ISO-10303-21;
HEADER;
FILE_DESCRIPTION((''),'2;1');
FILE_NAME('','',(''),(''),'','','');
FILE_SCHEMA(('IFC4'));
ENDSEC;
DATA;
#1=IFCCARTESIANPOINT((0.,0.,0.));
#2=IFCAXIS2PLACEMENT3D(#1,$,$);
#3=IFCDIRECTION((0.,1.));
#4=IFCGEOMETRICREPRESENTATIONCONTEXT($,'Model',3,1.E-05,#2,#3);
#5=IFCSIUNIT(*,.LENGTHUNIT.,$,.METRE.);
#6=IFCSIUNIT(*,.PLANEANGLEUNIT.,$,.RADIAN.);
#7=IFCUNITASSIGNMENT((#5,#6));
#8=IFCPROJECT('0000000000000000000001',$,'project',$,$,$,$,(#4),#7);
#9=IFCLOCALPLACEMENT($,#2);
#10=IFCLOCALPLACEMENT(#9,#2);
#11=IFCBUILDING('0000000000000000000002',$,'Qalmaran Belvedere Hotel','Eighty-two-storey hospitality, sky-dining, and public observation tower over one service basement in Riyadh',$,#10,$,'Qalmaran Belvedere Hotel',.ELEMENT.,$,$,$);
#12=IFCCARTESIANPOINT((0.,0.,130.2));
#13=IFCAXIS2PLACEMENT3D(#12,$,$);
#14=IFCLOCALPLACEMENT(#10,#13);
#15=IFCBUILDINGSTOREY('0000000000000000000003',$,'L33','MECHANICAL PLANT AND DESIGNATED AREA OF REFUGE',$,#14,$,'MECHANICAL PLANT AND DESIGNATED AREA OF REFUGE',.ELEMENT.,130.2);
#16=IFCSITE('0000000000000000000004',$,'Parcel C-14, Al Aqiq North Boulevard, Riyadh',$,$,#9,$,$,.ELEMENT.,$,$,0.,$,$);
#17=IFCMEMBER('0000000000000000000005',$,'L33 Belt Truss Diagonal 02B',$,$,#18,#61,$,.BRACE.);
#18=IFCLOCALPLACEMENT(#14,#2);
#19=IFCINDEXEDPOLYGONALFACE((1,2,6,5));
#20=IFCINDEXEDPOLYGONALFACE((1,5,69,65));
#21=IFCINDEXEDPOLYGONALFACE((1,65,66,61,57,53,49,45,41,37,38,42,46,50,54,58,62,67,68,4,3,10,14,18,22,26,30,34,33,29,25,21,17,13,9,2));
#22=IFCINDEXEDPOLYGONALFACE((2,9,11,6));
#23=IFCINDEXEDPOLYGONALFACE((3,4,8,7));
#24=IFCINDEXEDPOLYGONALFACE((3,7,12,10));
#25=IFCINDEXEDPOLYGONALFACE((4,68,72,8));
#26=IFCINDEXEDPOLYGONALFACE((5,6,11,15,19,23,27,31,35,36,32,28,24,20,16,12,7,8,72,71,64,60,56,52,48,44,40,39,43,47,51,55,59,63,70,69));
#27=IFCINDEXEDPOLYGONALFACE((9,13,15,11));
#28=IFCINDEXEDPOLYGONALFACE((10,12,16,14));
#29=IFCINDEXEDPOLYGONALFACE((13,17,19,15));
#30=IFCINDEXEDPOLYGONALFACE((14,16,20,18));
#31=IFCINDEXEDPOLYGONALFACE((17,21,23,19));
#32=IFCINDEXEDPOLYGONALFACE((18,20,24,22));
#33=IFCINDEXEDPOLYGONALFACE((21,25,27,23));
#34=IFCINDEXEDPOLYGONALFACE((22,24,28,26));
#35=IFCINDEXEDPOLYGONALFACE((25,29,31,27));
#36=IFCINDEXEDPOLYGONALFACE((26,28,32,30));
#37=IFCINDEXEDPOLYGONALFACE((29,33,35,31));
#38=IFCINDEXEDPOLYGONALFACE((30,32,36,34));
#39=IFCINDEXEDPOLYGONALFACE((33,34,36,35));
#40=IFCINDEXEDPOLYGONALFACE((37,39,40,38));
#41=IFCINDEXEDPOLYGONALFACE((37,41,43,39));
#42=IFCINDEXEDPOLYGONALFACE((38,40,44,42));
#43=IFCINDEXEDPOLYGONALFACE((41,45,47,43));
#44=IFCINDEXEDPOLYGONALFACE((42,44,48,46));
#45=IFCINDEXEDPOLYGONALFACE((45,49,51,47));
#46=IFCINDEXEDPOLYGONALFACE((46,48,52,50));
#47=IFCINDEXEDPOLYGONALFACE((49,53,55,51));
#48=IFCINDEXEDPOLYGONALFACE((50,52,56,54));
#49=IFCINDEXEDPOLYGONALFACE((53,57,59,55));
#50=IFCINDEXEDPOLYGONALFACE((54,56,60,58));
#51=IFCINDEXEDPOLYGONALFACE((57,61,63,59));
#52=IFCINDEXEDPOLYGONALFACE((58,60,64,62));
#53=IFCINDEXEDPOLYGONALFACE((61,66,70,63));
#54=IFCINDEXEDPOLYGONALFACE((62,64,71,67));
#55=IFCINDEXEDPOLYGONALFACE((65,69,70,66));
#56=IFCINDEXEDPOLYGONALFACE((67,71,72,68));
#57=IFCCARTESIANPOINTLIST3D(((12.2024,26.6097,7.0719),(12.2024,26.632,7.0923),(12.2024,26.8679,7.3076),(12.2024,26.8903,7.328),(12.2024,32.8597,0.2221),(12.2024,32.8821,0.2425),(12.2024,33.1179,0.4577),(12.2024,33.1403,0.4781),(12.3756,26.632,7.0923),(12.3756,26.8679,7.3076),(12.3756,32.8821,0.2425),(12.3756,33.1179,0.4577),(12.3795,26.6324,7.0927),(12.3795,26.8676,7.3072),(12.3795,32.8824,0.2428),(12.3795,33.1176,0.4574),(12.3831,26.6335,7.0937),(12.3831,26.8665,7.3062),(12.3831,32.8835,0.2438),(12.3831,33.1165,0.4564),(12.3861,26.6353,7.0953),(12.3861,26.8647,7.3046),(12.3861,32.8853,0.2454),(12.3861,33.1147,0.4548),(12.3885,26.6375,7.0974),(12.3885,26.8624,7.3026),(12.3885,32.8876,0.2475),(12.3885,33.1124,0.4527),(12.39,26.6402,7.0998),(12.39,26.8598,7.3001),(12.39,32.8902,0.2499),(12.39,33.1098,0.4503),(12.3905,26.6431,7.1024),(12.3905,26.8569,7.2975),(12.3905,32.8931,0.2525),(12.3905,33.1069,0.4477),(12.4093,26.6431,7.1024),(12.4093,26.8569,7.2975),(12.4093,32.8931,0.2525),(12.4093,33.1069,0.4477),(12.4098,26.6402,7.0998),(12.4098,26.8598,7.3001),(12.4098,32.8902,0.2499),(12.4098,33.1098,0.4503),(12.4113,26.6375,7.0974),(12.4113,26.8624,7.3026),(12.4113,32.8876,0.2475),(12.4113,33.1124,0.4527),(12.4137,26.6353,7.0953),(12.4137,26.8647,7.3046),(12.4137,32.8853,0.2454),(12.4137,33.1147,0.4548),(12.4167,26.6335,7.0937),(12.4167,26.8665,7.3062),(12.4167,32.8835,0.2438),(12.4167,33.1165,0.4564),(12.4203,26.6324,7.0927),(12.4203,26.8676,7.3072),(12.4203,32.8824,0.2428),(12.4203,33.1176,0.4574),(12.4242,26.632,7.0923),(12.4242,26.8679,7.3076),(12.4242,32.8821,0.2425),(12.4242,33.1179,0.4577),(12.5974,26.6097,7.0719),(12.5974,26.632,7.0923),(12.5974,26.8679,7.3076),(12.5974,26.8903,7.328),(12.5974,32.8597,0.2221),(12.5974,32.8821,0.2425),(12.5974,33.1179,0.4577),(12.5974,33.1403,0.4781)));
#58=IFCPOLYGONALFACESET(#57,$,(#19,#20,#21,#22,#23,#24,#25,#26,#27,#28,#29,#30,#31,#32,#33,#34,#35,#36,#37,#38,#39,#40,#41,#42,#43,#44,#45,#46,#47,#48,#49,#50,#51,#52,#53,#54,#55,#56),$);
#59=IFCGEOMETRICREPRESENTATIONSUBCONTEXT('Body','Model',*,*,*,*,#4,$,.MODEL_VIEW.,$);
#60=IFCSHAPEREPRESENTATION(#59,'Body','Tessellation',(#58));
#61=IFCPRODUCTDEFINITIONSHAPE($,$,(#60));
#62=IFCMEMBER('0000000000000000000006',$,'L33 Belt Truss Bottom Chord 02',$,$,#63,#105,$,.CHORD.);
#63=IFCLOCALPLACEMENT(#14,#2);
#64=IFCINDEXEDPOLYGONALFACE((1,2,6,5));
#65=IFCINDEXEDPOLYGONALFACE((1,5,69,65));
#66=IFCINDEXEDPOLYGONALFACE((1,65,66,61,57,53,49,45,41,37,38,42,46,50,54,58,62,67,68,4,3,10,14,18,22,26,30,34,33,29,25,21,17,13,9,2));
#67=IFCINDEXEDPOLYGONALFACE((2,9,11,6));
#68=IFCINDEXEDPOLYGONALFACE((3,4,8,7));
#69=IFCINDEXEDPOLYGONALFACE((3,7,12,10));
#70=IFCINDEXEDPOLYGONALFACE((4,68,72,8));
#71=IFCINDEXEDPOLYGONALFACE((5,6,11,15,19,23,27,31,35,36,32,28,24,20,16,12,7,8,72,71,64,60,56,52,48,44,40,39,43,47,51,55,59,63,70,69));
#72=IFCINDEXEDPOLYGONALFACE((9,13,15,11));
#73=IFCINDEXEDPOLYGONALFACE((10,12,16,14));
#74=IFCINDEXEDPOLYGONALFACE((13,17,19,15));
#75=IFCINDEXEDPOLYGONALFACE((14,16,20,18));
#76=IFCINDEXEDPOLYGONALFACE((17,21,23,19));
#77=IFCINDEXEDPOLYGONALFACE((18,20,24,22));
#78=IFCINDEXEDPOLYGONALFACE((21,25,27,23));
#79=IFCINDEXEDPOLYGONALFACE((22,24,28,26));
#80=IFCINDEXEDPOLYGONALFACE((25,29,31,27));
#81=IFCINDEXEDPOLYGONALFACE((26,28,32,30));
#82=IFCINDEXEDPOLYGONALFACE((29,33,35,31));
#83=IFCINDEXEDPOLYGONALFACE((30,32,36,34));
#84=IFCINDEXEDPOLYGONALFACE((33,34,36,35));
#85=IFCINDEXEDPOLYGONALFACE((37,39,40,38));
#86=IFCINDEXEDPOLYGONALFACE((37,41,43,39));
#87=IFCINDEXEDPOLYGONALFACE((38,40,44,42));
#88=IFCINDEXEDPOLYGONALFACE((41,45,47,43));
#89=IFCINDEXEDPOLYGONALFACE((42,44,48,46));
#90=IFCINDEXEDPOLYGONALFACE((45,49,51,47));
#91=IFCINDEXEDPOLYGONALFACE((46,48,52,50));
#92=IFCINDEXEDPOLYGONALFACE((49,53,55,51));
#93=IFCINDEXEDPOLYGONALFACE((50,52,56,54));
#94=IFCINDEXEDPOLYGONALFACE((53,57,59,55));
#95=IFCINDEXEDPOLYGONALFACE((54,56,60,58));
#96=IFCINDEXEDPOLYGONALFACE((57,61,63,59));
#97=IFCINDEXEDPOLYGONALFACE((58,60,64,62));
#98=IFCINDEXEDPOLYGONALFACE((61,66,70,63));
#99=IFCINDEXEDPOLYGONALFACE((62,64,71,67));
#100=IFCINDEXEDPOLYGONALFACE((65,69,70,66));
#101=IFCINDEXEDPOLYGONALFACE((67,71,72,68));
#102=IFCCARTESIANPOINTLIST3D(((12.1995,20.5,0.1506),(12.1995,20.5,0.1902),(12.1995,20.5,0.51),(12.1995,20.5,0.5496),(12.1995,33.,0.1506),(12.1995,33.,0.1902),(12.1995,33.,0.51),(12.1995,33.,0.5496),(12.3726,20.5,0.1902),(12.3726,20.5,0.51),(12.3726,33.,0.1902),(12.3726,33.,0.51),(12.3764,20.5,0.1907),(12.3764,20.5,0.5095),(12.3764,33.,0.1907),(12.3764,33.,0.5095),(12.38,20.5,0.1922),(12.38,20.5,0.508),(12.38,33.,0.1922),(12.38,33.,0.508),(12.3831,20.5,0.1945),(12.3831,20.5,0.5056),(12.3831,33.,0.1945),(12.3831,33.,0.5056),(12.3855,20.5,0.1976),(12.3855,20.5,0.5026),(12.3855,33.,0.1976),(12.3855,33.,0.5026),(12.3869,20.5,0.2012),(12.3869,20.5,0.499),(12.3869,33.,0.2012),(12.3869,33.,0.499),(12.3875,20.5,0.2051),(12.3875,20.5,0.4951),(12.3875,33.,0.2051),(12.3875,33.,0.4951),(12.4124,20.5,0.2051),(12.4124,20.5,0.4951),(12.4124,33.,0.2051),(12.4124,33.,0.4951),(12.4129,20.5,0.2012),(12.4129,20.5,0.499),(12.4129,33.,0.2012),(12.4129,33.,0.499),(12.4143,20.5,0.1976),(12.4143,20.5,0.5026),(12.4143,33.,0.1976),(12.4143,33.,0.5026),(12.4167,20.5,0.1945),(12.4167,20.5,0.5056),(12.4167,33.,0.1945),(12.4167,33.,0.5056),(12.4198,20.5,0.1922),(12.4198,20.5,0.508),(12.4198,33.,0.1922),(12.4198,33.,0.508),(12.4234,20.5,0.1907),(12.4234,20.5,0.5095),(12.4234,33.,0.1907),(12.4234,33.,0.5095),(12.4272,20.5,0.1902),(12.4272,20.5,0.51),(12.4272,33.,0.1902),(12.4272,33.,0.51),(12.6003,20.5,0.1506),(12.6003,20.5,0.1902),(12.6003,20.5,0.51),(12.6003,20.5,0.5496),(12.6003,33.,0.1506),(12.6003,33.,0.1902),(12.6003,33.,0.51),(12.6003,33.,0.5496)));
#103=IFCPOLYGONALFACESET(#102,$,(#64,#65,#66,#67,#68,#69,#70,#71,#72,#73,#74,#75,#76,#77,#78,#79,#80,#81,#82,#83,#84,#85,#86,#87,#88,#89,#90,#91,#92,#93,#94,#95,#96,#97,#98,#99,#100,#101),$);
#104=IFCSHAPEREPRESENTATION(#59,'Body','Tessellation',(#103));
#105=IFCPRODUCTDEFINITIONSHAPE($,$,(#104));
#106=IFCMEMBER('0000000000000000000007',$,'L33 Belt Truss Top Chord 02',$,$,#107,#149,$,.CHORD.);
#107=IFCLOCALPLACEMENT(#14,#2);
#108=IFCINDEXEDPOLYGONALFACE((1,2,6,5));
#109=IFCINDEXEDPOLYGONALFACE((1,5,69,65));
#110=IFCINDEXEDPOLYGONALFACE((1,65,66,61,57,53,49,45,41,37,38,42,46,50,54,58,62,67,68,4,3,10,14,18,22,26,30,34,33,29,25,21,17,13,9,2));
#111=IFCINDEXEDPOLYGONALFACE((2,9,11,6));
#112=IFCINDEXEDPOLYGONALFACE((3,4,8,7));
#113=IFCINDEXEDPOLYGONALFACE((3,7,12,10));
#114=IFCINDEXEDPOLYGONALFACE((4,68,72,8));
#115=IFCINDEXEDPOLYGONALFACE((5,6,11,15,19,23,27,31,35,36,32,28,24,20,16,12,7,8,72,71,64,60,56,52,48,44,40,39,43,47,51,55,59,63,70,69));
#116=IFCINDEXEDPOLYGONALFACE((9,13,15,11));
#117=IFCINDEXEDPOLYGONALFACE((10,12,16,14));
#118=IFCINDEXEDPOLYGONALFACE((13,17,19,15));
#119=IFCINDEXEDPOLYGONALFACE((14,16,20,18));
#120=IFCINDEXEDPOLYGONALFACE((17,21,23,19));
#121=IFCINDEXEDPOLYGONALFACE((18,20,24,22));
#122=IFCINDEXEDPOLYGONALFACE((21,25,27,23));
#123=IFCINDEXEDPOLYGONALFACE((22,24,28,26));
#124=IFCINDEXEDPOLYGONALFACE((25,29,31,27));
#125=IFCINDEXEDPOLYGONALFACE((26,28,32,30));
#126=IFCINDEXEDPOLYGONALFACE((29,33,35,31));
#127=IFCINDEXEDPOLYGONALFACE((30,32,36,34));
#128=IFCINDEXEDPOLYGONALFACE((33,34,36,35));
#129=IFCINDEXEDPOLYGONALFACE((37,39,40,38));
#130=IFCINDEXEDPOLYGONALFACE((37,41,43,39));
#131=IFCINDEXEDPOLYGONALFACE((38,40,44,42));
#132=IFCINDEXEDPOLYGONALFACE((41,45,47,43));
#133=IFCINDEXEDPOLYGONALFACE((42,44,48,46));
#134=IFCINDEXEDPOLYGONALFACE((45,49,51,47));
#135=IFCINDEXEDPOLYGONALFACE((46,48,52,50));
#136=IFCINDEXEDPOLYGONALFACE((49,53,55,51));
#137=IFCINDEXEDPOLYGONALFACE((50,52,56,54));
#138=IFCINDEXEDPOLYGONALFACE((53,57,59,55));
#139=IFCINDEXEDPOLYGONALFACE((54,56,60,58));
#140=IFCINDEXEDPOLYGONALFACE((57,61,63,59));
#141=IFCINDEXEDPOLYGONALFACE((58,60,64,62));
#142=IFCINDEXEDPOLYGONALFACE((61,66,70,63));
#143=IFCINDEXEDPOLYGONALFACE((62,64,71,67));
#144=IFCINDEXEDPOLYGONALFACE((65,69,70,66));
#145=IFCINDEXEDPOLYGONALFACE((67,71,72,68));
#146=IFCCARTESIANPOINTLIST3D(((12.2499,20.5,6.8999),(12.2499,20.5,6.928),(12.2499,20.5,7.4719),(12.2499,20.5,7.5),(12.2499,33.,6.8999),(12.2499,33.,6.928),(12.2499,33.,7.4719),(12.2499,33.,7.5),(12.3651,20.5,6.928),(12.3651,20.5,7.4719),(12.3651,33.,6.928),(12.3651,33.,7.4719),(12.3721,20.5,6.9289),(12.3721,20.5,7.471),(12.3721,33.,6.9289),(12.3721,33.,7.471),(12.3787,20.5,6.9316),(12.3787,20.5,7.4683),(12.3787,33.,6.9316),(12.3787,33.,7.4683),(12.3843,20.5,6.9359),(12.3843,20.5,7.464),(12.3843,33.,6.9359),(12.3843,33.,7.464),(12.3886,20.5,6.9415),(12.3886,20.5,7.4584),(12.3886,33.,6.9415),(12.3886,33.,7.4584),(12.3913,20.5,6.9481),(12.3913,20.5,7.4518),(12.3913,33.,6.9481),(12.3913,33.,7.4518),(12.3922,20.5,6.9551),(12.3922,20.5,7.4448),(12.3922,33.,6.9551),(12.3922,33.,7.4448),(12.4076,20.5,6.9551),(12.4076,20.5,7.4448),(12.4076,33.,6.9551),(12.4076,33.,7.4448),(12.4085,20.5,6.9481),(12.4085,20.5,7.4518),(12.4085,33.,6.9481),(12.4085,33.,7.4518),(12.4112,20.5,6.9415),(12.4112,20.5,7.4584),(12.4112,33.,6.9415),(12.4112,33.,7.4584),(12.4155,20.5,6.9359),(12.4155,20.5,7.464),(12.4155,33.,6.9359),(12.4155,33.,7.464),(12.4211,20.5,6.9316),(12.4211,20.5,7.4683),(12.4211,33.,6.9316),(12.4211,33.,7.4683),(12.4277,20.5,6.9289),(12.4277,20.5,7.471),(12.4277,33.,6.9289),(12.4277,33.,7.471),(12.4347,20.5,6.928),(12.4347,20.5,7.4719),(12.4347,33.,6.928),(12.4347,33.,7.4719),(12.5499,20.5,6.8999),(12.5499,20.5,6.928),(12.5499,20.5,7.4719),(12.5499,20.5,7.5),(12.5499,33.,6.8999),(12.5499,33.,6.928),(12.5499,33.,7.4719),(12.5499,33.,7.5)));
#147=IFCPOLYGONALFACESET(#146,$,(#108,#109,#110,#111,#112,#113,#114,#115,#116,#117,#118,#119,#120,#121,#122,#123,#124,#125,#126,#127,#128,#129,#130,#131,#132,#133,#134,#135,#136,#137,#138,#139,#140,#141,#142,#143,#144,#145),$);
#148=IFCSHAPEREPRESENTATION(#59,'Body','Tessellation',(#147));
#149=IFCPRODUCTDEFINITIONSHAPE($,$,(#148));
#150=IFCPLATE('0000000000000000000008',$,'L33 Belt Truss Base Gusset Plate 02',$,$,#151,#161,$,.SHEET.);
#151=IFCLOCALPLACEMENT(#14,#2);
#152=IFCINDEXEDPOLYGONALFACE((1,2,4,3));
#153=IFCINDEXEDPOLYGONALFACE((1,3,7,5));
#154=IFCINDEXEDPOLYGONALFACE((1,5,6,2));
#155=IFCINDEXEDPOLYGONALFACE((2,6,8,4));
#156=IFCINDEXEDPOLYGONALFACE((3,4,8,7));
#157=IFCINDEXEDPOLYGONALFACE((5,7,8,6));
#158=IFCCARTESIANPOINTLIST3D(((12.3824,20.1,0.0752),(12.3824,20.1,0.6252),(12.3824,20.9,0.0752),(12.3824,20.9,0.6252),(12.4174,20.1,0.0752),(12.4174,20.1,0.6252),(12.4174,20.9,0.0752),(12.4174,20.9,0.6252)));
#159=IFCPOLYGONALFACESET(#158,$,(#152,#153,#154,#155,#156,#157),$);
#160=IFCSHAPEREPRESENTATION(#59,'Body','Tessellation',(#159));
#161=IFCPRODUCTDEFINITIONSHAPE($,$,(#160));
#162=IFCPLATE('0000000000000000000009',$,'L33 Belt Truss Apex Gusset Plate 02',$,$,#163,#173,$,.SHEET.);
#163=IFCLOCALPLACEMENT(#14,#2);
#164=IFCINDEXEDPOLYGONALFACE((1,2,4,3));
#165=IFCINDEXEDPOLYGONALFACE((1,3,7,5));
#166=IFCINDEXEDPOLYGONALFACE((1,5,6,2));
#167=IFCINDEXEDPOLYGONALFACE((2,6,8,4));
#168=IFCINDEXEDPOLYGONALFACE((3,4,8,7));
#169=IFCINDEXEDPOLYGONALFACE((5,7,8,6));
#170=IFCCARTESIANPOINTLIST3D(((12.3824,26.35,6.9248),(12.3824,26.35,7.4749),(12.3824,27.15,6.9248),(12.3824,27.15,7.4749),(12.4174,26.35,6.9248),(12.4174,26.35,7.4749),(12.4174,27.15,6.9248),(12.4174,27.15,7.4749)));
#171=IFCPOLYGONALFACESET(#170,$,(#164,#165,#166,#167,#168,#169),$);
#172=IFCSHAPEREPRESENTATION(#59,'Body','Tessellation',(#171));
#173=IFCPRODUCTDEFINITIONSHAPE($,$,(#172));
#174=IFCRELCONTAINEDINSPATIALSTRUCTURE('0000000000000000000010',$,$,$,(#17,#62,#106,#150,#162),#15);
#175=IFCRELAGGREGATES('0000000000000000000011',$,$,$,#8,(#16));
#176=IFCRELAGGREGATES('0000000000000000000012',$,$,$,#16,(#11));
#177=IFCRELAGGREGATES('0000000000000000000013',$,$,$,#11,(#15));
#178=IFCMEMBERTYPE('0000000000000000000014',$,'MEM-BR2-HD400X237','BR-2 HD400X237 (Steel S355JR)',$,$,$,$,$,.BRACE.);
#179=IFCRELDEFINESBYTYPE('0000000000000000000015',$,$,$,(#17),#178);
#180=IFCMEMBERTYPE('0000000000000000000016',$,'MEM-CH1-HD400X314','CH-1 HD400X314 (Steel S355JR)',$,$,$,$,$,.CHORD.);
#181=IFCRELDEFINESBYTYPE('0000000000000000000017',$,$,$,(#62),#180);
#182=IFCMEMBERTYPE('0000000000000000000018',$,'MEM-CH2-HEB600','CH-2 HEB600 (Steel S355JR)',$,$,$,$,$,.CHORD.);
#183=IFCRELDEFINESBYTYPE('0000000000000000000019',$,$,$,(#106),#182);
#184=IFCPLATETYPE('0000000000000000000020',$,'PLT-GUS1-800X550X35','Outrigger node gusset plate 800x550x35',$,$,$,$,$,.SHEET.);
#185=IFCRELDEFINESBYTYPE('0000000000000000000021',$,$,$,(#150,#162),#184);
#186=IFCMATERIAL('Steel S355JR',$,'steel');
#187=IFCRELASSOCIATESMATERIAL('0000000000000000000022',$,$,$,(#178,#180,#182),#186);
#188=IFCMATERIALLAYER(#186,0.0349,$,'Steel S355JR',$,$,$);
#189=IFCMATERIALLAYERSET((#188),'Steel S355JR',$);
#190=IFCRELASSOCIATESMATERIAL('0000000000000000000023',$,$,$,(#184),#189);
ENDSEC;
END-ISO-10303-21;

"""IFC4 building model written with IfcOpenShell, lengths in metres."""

from ifc_helpers import new_model, si_unit, direction, frame, origin, origin_2d, place, context, subcontext, project, spatial, rectangle, i_section, extrude, material, layer, layer_set, material_profile, profile_set, type_object, element, save


model = new_model("IFC4")

# Units and contexts
model_context = context("Model", 3, precision=1e-05, world=origin(), true_north=direction((0.0, 1.0)))
body_context = subcontext(model_context, "Body", "Model", "MODEL_VIEW")
ifc_project = project(units=[si_unit("LENGTHUNIT", "METRE"), si_unit("PLANEANGLEUNIT", "RADIAN")], contexts=[model_context])

# Site, building, storey
site_placement = place(None, origin())
site = spatial("IfcSite", under=ifc_project, at=site_placement, Name="Parcel C-14, Al Aqiq North Boulevard, Riyadh", CompositionType="ELEMENT", RefElevation=0.0)
building_placement = place(site_placement, origin())
building = spatial("IfcBuilding", under=site, at=building_placement, Name="Qalmaran Belvedere Hotel", Description="Eighty-two-storey hospitality, sky-dining, and public observation tower over one service basement in Riyadh", LongName="Qalmaran Belvedere Hotel", CompositionType="ELEMENT")
storey_placement = place(building_placement, frame((0.0, 0.0, 130.2)))
storey = spatial("IfcBuildingStorey", under=building, at=storey_placement, Name="L33", Description="MECHANICAL PLANT AND DESIGNATED AREA OF REFUGE", LongName="MECHANICAL PLANT AND DESIGNATED AREA OF REFUGE", CompositionType="ELEMENT", Elevation=130.2)

# Shared definitions
ifc_material_1 = material(Name="Steel S355JR", Category="steel")

# Members
ifc_material_profile_1 = material_profile(ifc_material_1, i_section(OverallWidth=0.395, OverallDepth=0.3799, WebThickness=0.0188, FlangeThickness=0.0303, FilletRadius=0.0149, at=origin_2d()), Name="HD400X237")
ifc_profile_set_1 = profile_set([ifc_material_profile_1], Name="Steel S355JR")
member_type_1 = type_object("IfcMemberType", Name="MEM-BR2-HD400X237", Description="BR-2 HD400X237 (Steel S355JR)", PredefinedType="BRACE", material=ifc_profile_set_1)
for number, where, z_axis, x_axis, name in (
    (1, (12.3999, 33.0, 0.3501), (0.0, -0.674021, 0.738712), (1.0, 0.0, 0.0), "L33 Belt Truss Diagonal 02B"),
):
    element("IfcMember", number, at=place(storey_placement, frame(where, z_axis=z_axis, x_axis=x_axis)), inside=storey, type_object=member_type_1, Name=name, PredefinedType="BRACE", context=body_context, shape_type="SweptSolid", body=[
        extrude(i_section(OverallWidth=0.395, OverallDepth=0.3799, WebThickness=0.0188, FlangeThickness=0.0303, FilletRadius=0.0149, at=origin_2d()), origin(), (0.0, 0.0, 1.0), 9.2727),
    ])
ifc_material_profile_2 = material_profile(ifc_material_1, i_section(OverallWidth=0.4009, OverallDepth=0.3989, WebThickness=0.0249, FlangeThickness=0.0396, FilletRadius=0.0149, at=origin_2d()), Name="HD400X314")
ifc_profile_set_2 = profile_set([ifc_material_profile_2], Name="Steel S355JR")
member_type_2 = type_object("IfcMemberType", Name="MEM-CH1-HD400X314", Description="CH-1 HD400X314 (Steel S355JR)", PredefinedType="CHORD", material=ifc_profile_set_2)
member_1_placement = place(storey_placement, frame((12.3999, 20.5, 0.3501), z_axis=(0.0, 1.0, 0.0), x_axis=(-1.0, 0.0, 0.0)))
element("IfcMember", 2, at=member_1_placement, inside=storey, type_object=member_type_2, Name="L33 Belt Truss Bottom Chord 02", PredefinedType="CHORD", context=body_context, shape_type="SweptSolid", body=[
    extrude(i_section(OverallWidth=0.4009, OverallDepth=0.3989, WebThickness=0.0249, FlangeThickness=0.0396, FilletRadius=0.0149, at=origin_2d()), origin(), (0.0, 0.0, 1.0), 12.5),
])
ifc_material_profile_3 = material_profile(ifc_material_1, i_section(OverallWidth=0.3, OverallDepth=0.6001, WebThickness=0.0154, FlangeThickness=0.0281, FilletRadius=0.0271, at=origin_2d()), Name="HEB600")
ifc_profile_set_3 = profile_set([ifc_material_profile_3], Name="Steel S355JR")
member_type_3 = type_object("IfcMemberType", Name="MEM-CH2-HEB600", Description="CH-2 HEB600 (Steel S355JR)", PredefinedType="CHORD", material=ifc_profile_set_3)
member_2_placement = place(storey_placement, frame((12.3999, 20.5, 7.2), z_axis=(0.0, 1.0, 0.0), x_axis=(-1.0, 0.0, 0.0)))
element("IfcMember", 3, at=member_2_placement, inside=storey, type_object=member_type_3, Name="L33 Belt Truss Top Chord 02", PredefinedType="CHORD", context=body_context, shape_type="SweptSolid", body=[
    extrude(i_section(OverallWidth=0.3, OverallDepth=0.6001, WebThickness=0.0154, FlangeThickness=0.0281, FilletRadius=0.0271, at=origin_2d()), origin(), (0.0, 0.0, 1.0), 12.5),
])

# Plates
ifc_layer_1 = layer(ifc_material_1, 0.0349, Name="Steel S355JR")
ifc_layer_set_1 = layer_set([ifc_layer_1], Name="Steel S355JR")
plate_type = type_object("IfcPlateType", Name="PLT-GUS1-800X550X35", Description="Outrigger node gusset plate 800x550x35", PredefinedType="SHEET", material=ifc_layer_set_1)
for number, where, z_axis, x_axis, name in (
    (4, (12.3999, 20.5, 0.0752), (0.0, 0.0, 1.0), (0.0, 1.0, 0.0), "L33 Belt Truss Base Gusset Plate 02"),
    (5, (12.3999, 26.75, 6.9248), (0.0, 0.0, 1.0), (0.0, 1.0, 0.0), "L33 Belt Truss Apex Gusset Plate 02"),
):
    element("IfcPlate", number, at=place(storey_placement, frame(where, z_axis=z_axis, x_axis=x_axis)), inside=storey, type_object=plate_type, Name=name, PredefinedType="SHEET", context=body_context, shape_type="SweptSolid", body=[
        extrude(rectangle(XDim=0.8, YDim=0.0349, at=origin_2d()), origin(), (0.0, 0.0, 1.0), 0.55),
    ])

save(model, "model.ifc")
